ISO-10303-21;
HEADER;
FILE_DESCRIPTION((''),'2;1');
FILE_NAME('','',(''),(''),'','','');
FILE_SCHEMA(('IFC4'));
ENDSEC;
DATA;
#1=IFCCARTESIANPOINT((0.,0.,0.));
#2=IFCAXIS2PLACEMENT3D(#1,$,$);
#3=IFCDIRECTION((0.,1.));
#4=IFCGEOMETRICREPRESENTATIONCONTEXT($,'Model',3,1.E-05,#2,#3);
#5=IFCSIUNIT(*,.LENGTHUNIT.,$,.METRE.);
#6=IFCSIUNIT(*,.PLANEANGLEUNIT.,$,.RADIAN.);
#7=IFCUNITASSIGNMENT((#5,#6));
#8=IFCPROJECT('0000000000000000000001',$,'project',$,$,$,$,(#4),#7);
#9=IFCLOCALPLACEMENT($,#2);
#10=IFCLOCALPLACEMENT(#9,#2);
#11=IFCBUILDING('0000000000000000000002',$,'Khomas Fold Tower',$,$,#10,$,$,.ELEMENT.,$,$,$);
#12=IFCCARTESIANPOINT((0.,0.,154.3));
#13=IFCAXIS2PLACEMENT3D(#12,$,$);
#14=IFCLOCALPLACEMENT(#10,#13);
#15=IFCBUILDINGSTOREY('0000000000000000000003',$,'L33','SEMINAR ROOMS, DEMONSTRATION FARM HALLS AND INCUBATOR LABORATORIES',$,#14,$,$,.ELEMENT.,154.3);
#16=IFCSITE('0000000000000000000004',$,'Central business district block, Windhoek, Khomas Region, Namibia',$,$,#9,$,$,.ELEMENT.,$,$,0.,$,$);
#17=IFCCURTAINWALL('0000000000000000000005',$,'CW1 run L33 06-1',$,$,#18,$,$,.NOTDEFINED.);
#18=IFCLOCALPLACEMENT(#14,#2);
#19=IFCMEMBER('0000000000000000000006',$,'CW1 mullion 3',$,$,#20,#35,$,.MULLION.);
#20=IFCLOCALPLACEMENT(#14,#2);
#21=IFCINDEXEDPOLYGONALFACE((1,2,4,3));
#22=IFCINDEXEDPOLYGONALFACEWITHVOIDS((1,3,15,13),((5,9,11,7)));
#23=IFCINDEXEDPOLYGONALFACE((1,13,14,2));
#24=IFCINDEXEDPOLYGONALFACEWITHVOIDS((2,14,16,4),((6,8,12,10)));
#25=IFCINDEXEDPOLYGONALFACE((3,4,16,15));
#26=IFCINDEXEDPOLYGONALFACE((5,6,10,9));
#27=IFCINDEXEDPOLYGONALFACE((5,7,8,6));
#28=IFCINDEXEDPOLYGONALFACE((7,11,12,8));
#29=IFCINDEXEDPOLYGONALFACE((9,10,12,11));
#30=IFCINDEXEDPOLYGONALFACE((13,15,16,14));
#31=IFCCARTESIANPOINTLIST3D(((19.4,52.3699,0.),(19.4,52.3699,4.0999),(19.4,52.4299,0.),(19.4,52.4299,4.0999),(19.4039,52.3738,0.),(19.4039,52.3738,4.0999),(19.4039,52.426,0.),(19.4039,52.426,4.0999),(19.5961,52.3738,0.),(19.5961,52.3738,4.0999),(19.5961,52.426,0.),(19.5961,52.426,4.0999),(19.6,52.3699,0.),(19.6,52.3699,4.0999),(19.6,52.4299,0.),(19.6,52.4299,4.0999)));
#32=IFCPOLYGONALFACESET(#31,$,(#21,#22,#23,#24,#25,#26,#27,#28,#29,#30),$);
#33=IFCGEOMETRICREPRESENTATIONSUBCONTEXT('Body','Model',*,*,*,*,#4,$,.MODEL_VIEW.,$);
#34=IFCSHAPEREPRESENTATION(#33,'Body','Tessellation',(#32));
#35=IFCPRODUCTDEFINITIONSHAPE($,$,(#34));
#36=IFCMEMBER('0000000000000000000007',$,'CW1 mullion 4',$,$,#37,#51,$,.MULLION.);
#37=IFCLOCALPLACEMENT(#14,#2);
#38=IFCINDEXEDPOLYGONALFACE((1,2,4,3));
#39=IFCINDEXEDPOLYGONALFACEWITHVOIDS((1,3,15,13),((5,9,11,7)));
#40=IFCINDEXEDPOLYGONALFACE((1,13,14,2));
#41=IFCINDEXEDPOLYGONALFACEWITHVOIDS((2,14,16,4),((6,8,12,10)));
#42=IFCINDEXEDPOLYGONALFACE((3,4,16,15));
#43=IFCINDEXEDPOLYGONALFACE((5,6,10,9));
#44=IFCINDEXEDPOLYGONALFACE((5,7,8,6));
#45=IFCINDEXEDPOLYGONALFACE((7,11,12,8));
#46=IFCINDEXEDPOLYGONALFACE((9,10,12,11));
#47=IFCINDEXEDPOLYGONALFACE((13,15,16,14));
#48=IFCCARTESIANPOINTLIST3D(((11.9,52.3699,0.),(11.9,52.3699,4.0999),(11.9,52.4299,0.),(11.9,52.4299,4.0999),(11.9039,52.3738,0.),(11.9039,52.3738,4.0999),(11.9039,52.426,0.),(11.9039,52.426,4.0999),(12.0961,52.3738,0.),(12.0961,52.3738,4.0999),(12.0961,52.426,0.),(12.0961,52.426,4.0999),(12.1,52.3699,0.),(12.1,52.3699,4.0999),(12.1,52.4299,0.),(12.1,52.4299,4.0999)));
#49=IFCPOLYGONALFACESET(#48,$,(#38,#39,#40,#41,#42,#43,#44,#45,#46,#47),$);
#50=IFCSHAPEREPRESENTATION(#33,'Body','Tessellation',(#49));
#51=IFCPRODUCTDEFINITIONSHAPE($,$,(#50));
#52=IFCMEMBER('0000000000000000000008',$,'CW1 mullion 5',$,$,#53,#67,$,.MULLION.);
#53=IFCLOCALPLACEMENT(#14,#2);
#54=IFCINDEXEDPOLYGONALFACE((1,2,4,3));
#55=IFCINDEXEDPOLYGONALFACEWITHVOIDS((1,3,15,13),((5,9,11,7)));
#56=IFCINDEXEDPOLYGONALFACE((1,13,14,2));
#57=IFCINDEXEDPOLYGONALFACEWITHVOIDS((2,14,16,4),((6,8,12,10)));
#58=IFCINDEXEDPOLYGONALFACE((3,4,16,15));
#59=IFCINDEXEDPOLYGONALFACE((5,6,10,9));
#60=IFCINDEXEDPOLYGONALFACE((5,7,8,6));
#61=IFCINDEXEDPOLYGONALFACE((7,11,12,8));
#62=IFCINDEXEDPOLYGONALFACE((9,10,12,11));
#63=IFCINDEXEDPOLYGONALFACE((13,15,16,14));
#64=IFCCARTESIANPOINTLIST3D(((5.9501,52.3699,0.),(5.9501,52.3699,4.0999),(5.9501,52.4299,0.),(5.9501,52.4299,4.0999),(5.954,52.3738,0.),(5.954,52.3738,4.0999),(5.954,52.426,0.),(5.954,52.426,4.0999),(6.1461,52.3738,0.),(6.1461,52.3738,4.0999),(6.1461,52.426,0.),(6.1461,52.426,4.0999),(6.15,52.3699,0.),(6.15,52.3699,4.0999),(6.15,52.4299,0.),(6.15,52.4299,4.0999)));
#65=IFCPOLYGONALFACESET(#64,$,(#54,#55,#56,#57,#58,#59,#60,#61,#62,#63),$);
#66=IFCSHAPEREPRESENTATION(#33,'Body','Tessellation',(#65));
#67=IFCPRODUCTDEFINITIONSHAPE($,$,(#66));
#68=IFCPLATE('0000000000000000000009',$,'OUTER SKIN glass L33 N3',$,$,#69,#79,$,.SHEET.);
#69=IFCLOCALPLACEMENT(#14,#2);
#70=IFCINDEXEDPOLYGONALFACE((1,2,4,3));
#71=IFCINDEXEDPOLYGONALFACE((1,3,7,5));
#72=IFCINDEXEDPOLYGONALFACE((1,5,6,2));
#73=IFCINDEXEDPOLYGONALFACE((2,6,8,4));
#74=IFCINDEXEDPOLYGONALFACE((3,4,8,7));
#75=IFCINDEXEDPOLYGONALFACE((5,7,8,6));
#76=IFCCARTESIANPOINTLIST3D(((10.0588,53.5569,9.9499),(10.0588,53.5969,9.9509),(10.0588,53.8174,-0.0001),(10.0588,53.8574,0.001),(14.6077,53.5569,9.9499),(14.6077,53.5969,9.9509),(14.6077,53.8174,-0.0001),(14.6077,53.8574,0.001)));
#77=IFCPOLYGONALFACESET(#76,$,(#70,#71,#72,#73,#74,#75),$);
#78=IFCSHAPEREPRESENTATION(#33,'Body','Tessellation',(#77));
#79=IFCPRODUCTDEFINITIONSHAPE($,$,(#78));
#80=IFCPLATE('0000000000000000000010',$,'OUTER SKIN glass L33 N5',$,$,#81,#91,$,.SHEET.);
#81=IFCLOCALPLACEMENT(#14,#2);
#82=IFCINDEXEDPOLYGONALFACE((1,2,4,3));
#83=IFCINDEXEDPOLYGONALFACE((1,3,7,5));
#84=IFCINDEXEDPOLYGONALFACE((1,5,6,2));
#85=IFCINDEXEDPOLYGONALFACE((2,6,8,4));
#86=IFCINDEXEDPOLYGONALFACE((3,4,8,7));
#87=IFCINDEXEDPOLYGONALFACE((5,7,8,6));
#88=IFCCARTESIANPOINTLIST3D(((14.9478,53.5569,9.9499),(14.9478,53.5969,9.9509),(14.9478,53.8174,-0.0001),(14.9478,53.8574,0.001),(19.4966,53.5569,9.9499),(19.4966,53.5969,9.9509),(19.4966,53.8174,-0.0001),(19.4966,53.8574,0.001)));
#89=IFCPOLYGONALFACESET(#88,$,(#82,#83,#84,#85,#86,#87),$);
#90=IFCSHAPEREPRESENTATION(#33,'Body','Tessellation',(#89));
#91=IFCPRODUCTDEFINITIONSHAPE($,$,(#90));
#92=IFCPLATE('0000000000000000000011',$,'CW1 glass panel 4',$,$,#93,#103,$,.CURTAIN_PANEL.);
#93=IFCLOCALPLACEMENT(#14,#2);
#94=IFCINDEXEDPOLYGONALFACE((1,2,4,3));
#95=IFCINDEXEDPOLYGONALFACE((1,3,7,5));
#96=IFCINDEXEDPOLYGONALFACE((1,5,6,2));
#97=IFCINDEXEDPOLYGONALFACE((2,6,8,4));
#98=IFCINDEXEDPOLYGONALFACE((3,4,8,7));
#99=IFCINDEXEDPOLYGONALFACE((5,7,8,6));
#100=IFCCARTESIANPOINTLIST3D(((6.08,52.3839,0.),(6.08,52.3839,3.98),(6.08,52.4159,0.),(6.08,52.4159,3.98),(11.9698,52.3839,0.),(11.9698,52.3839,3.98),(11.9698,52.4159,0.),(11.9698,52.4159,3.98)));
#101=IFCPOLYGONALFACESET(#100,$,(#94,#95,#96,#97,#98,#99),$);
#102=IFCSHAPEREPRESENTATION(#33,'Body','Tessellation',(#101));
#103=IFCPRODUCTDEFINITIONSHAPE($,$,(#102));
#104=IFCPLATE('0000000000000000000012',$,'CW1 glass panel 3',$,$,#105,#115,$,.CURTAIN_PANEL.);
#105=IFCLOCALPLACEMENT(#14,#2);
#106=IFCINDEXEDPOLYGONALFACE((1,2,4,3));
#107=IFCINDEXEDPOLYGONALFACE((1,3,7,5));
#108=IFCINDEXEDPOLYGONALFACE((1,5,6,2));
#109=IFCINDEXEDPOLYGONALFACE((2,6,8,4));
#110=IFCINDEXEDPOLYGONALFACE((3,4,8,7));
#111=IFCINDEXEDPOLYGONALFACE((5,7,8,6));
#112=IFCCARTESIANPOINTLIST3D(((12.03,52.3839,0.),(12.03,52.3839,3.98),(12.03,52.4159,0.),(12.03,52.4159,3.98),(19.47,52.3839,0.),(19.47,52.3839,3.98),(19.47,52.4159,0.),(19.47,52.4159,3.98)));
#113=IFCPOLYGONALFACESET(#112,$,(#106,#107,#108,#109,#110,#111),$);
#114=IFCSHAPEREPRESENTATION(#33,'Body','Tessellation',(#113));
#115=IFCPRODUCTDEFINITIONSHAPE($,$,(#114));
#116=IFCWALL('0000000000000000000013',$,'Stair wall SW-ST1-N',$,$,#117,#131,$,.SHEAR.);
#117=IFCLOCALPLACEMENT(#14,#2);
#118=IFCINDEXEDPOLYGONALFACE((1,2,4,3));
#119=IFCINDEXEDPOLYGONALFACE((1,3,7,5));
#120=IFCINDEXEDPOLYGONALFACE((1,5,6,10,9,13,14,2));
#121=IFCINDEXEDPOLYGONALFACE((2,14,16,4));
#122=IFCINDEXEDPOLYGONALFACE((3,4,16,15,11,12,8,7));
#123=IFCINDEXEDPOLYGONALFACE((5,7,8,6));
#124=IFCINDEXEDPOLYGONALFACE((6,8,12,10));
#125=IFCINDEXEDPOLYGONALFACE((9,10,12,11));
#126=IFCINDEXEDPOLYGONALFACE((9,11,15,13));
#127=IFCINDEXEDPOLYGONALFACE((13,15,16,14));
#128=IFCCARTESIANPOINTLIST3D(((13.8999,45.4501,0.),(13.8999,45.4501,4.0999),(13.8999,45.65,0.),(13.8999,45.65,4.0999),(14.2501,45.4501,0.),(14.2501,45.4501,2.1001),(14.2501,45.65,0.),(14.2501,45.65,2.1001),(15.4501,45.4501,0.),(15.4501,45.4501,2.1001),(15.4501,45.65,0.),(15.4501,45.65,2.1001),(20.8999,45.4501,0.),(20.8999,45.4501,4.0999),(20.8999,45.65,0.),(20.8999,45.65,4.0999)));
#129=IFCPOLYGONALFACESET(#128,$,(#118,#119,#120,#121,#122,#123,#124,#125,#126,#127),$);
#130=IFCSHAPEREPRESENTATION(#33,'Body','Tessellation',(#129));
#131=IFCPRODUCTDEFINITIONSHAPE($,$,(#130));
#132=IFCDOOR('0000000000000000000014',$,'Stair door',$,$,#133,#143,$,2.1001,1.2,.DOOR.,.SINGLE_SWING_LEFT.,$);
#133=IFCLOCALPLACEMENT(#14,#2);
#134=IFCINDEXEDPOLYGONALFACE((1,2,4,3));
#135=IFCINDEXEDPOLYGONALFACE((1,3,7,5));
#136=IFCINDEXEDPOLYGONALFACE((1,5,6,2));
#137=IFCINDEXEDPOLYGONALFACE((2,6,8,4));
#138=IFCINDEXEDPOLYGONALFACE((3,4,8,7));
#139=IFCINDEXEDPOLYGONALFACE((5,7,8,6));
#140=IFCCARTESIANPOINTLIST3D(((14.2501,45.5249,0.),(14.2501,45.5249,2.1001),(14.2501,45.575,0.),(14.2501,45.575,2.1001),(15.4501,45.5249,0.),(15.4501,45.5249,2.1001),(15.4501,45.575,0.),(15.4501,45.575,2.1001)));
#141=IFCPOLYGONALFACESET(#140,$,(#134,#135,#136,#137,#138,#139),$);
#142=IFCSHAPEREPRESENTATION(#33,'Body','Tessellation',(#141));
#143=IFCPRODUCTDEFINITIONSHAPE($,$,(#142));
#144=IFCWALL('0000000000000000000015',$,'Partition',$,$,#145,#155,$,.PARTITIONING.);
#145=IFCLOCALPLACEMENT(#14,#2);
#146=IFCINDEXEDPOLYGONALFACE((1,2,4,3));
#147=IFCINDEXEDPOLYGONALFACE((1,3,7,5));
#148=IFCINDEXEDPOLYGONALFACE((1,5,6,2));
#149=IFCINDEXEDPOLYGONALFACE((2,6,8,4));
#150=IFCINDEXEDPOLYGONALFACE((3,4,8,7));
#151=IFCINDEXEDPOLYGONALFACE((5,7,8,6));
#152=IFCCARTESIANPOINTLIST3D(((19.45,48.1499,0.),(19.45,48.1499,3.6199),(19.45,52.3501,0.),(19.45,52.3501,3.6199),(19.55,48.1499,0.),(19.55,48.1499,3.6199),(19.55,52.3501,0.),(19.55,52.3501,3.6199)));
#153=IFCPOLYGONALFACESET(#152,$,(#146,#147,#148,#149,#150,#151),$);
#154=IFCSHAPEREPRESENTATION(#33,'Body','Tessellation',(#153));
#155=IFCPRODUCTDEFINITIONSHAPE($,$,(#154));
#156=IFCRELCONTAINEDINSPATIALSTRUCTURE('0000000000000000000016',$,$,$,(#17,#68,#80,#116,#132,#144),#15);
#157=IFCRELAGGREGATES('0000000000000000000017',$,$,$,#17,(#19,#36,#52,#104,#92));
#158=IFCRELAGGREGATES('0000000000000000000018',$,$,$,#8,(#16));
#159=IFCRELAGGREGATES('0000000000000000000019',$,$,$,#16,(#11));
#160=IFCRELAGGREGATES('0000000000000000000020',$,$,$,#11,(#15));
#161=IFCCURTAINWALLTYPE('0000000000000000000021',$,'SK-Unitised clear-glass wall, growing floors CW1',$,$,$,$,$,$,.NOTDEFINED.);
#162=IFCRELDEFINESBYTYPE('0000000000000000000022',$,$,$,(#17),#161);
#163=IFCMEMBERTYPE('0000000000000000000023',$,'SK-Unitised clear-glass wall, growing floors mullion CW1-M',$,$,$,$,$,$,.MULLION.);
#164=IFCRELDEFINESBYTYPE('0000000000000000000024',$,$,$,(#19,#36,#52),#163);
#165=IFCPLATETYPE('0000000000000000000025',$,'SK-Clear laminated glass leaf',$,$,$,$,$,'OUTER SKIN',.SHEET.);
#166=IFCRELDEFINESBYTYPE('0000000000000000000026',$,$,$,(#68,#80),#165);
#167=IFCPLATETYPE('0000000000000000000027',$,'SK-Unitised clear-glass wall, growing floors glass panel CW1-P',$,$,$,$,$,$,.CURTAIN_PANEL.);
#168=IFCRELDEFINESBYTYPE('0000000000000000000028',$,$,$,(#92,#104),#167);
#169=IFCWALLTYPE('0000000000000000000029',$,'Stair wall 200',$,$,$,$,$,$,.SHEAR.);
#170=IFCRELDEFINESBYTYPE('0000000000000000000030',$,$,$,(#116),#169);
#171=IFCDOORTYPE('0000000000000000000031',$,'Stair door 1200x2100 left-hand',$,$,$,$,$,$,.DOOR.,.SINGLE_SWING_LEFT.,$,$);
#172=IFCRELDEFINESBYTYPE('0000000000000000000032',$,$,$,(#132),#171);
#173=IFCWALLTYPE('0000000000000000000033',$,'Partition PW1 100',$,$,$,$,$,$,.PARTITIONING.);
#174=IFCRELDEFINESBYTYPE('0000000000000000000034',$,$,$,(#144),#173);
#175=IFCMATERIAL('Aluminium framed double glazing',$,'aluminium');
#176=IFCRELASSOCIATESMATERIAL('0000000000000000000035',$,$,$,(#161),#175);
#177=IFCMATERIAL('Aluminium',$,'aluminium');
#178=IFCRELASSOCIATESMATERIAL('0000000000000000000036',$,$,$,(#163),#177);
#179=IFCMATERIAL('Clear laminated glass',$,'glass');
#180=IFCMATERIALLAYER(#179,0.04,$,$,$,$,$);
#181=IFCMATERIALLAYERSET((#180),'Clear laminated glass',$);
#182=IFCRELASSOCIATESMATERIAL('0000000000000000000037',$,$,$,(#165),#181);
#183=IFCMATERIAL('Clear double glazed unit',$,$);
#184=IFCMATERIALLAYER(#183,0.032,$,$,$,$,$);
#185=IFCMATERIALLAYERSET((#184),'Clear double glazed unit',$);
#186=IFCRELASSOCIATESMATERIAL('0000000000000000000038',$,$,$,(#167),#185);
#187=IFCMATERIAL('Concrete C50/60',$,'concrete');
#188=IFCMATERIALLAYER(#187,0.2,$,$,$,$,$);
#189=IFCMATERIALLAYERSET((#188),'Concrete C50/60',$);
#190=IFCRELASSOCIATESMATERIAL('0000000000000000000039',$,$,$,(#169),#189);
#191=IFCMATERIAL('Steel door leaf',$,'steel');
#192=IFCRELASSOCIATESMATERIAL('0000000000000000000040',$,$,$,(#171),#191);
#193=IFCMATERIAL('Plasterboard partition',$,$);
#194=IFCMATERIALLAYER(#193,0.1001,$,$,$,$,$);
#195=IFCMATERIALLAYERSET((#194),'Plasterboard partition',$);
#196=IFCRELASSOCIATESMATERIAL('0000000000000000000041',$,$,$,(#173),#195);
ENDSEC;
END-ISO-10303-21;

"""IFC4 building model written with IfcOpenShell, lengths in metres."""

from ifc_helpers import new_model, si_unit, direction, frame, frame_2d, origin, origin_2d, place, context, subcontext, project, spatial, polyline, rectangle, hollow_rectangle, outline, extrude, source, transform, mapped, material, layer, layer_set, material_profile, profile_set, type_object, element, fill, aggregate, save


model = new_model("IFC4")

# Units and contexts
model_context = context("Model", 3, precision=1e-05, world=origin(), true_north=direction((0.0, 1.0)))
body_context = subcontext(model_context, "Body", "Model", "MODEL_VIEW")
ifc_project = project(units=[si_unit("LENGTHUNIT", "METRE"), si_unit("PLANEANGLEUNIT", "RADIAN")], contexts=[model_context])

# Site, building, storey
site_placement = place(None, origin())
site = spatial("IfcSite", under=ifc_project, at=site_placement, Name="Central business district block, Windhoek, Khomas Region, Namibia", CompositionType="ELEMENT", RefElevation=0.0)
building_placement = place(site_placement, origin())
building = spatial("IfcBuilding", under=site, at=building_placement, Name="Khomas Fold Tower", CompositionType="ELEMENT")
storey_placement = place(building_placement, frame((0.0, 0.0, 154.3)))
storey = spatial("IfcBuildingStorey", under=building, at=storey_placement, Name="L33", Description="SEMINAR ROOMS, DEMONSTRATION FARM HALLS AND INCUBATOR LABORATORIES", CompositionType="ELEMENT", Elevation=154.3)

# Curtain wall, members
ifc_material_1 = material(Name="Aluminium framed double glazing", Category="aluminium")
curtain_wall_type = type_object("IfcCurtainWallType", Name="SK-Unitised clear-glass wall, growing floors CW1", PredefinedType="NOTDEFINED", material=ifc_material_1)
curtain_wall_placement = place(storey_placement, origin())
curtain_wall = element("IfcCurtainWall", 1, at=curtain_wall_placement, inside=storey, type_object=curtain_wall_type, Name="CW1 run L33 06-1", PredefinedType="NOTDEFINED")
ifc_material_2 = material(Name="Aluminium", Category="aluminium")
ifc_material_profile_1 = material_profile(ifc_material_2, hollow_rectangle(XDim=0.0601, YDim=0.2, WallThickness=0.0039, at=origin_2d()), Name="SK-Unitised clear-glass wall, growing floors mullion CW1-M")
ifc_profile_set_1 = profile_set([ifc_material_profile_1], Name="Aluminium")
member_type_1 = type_object("IfcMemberType", Name="SK-Unitised clear-glass wall, growing floors mullion CW1-M", PredefinedType="MULLION", material=ifc_profile_set_1)
shared_shape_1 = source(origin(), body_context, "Body", "SweptSolid", [
    extrude(hollow_rectangle(XDim=0.0601, YDim=0.2, WallThickness=0.0039, at=origin_2d()), origin(), (0.0, 0.0, 1.0), 4.0999),
])
member_1_placement = place(storey_placement, frame((19.5, 52.3999, 0.0), z_axis=(0.0, 0.0, 1.0), x_axis=(0.0, -1.0, 0.0)))
member_1 = element("IfcMember", 2, at=member_1_placement, type_object=member_type_1, Name="CW1 mullion 3", PredefinedType="MULLION", context=body_context, shape_type="MappedRepresentation", body=[
    mapped(shared_shape_1, transform((0.0, 0.0, 0.0))),
])
member_2_placement = place(storey_placement, frame((12.0, 52.3999, 0.0), z_axis=(0.0, 0.0, 1.0), x_axis=(0.0, -1.0, 0.0)))
member_2 = element("IfcMember", 3, at=member_2_placement, type_object=member_type_1, Name="CW1 mullion 4", PredefinedType="MULLION", context=body_context, shape_type="MappedRepresentation", body=[
    mapped(shared_shape_1, transform((0.0, 0.0, 0.0))),
])
member_3_placement = place(storey_placement, frame((6.05, 52.3999, 0.0), z_axis=(0.0, 0.0, 1.0), x_axis=(0.0, -1.0, 0.0)))
member_3 = element("IfcMember", 4, at=member_3_placement, type_object=member_type_1, Name="CW1 mullion 5", PredefinedType="MULLION", context=body_context, shape_type="MappedRepresentation", body=[
    mapped(shared_shape_1, transform((0.0, 0.0, 0.0))),
])

# Plates
ifc_material_3 = material(Name="Clear laminated glass", Category="glass")
ifc_layer_1 = layer(ifc_material_3, 0.04)
ifc_layer_set_1 = layer_set([ifc_layer_1], Name="Clear laminated glass")
plate_type_1 = type_object("IfcPlateType", Name="SK-Clear laminated glass leaf", ElementType="OUTER SKIN", PredefinedType="SHEET", material=ifc_layer_set_1)
for number, where, z_axis, x_axis, name in (
    (5, (10.0588, 53.8574, 0.001), (0.0, 0.999657, 0.026172), (1.0, 0.0, 0.0), "OUTER SKIN glass L33 N3"),
    (6, (14.9478, 53.8574, 0.001), (0.0, 0.999657, 0.026172), (1.0, 0.0, 0.0), "OUTER SKIN glass L33 N5"),
):
    element("IfcPlate", number, at=place(storey_placement, frame(where, z_axis=z_axis, x_axis=x_axis)), inside=storey, type_object=plate_type_1, Name=name, PredefinedType="SHEET", context=body_context, shape_type="SweptSolid", body=[
        extrude(outline(polyline([(0.0, 0.0), (4.5488, 0.0), (4.5488, -9.9534), (0.0, -9.9534), (0.0, 0.0)])), origin(), (0.0, 0.0, -1.0), 0.04),
    ])

# Plates
ifc_material_4 = material(Name="Clear double glazed unit")
ifc_layer_2 = layer(ifc_material_4, 0.032)
ifc_layer_set_2 = layer_set([ifc_layer_2], Name="Clear double glazed unit")
plate_type_2 = type_object("IfcPlateType", Name="SK-Unitised clear-glass wall, growing floors glass panel CW1-P", PredefinedType="CURTAIN_PANEL", material=ifc_layer_set_2)
shared_shape_2 = source(origin(), body_context, "Body", "SweptSolid", [
    extrude(rectangle(XDim=5.8899, YDim=0.032, at=origin_2d()), origin(), (0.0, 0.0, 1.0), 3.98),
])
plate_1_placement = place(storey_placement, frame((9.0249, 52.3999, 0.0), z_axis=(0.0, 0.0, 1.0), x_axis=(-1.0, 0.0, 0.0)))
plate_1 = element("IfcPlate", 7, at=plate_1_placement, type_object=plate_type_2, Name="CW1 glass panel 4", PredefinedType="CURTAIN_PANEL", context=body_context, shape_type="MappedRepresentation", body=[
    mapped(shared_shape_2, transform((0.0, 0.0, 0.0))),
])
shared_shape_3 = source(origin(), body_context, "Body", "SweptSolid", [
    extrude(rectangle(XDim=7.4399, YDim=0.032, at=origin_2d()), origin(), (0.0, 0.0, 1.0), 3.98),
])
plate_2_placement = place(storey_placement, frame((15.75, 52.3999, 0.0), z_axis=(0.0, 0.0, 1.0), x_axis=(-1.0, 0.0, 0.0)))
plate_2 = element("IfcPlate", 8, at=plate_2_placement, type_object=plate_type_2, Name="CW1 glass panel 3", PredefinedType="CURTAIN_PANEL", context=body_context, shape_type="MappedRepresentation", body=[
    mapped(shared_shape_3, transform((0.0, 0.0, 0.0))),
])
aggregate(curtain_wall, [member_1, member_2, member_3, plate_2, plate_1])

# Wall, opening, door
ifc_material_5 = material(Name="Concrete C50/60", Category="concrete")
ifc_layer_3 = layer(ifc_material_5, 0.2)
ifc_layer_set_3 = layer_set([ifc_layer_3], Name="Concrete C50/60")
wall_type_1 = type_object("IfcWallType", Name="Stair wall 200", PredefinedType="SHEAR", material=ifc_layer_set_3)
shared_shape_4 = source(origin(), body_context, "Body", "SweptSolid", [
    extrude(rectangle(XDim=7.0, YDim=0.2, at=frame_2d((3.5, 0.0))), origin(), (0.0, 0.0, 1.0), 4.0999),
])
wall_1_placement = place(storey_placement, frame((13.8999, 45.55, 0.0), z_axis=(0.0, 0.0, 1.0), x_axis=(1.0, 0.0, 0.0)))
wall_1 = element("IfcWall", 9, at=wall_1_placement, inside=storey, type_object=wall_type_1, Name="Stair wall SW-ST1-N", PredefinedType="SHEAR", context=body_context, shape_type="MappedRepresentation", body=[
    mapped(shared_shape_4, transform((0.0, 0.0, 0.0))),
])
shared_shape_5 = source(origin(), body_context, "Body", "SweptSolid", [
    extrude(rectangle(XDim=1.2, YDim=2.1001, at=frame_2d((0.6001, 1.05))), frame((0.0, 0.1099, 0.0), z_axis=(0.0, -1.0, 0.0), x_axis=(1.0, 0.0, 0.0)), (0.0, 0.0, 1.0), 0.22),
])
opening_placement = place(wall_1_placement, frame((0.3501, 0.0, 0.0)))
opening = element("IfcOpeningElement", 10, at=opening_placement, cuts=wall_1, PredefinedType="OPENING", context=body_context, shape_type="MappedRepresentation", body=[
    mapped(shared_shape_5, transform((0.0, 0.0, 0.0))),
])
ifc_material_6 = material(Name="Steel door leaf", Category="steel")
door_type = type_object("IfcDoorType", Name="Stair door 1200x2100 left-hand", OperationType="SINGLE_SWING_LEFT", PredefinedType="DOOR", material=ifc_material_6)
shared_shape_6 = source(origin(), body_context, "Body", "SweptSolid", [
    extrude(rectangle(XDim=1.2, YDim=2.1001, at=frame_2d((0.6001, 1.05))), frame((0.0, 0.0249, 0.0), z_axis=(0.0, -1.0, 0.0), x_axis=(1.0, 0.0, 0.0)), (0.0, 0.0, 1.0), 0.05),
])
door_placement = place(opening_placement, origin())
door = element("IfcDoor", 11, at=door_placement, inside=storey, type_object=door_type, Name="Stair door", OperationType="SINGLE_SWING_LEFT", OverallHeight=2.1001, OverallWidth=1.2, PredefinedType="DOOR", context=body_context, shape_type="MappedRepresentation", body=[
    mapped(shared_shape_6, transform((0.0, 0.0, 0.0))),
])
fill(opening, door)

# Wall
ifc_material_7 = material(Name="Plasterboard partition")
ifc_layer_4 = layer(ifc_material_7, 0.1001)
ifc_layer_set_4 = layer_set([ifc_layer_4], Name="Plasterboard partition")
wall_type_2 = type_object("IfcWallType", Name="Partition PW1 100", PredefinedType="PARTITIONING", material=ifc_layer_set_4)
shared_shape_7 = source(origin(), body_context, "Body", "SweptSolid", [
    extrude(rectangle(XDim=4.2002, YDim=0.1001, at=frame_2d((2.1001, 0.0))), origin(), (0.0, 0.0, 1.0), 3.6199),
])
wall_2_placement = place(storey_placement, frame((19.5, 48.1499, 0.0), z_axis=(0.0, 0.0, 1.0), x_axis=(0.0, 1.0, 0.0)))
element("IfcWall", 12, at=wall_2_placement, inside=storey, type_object=wall_type_2, Name="Partition", PredefinedType="PARTITIONING", context=body_context, shape_type="MappedRepresentation", body=[
    mapped(shared_shape_7, transform((0.0, 0.0, 0.0))),
])

save(model, "model.ifc")
